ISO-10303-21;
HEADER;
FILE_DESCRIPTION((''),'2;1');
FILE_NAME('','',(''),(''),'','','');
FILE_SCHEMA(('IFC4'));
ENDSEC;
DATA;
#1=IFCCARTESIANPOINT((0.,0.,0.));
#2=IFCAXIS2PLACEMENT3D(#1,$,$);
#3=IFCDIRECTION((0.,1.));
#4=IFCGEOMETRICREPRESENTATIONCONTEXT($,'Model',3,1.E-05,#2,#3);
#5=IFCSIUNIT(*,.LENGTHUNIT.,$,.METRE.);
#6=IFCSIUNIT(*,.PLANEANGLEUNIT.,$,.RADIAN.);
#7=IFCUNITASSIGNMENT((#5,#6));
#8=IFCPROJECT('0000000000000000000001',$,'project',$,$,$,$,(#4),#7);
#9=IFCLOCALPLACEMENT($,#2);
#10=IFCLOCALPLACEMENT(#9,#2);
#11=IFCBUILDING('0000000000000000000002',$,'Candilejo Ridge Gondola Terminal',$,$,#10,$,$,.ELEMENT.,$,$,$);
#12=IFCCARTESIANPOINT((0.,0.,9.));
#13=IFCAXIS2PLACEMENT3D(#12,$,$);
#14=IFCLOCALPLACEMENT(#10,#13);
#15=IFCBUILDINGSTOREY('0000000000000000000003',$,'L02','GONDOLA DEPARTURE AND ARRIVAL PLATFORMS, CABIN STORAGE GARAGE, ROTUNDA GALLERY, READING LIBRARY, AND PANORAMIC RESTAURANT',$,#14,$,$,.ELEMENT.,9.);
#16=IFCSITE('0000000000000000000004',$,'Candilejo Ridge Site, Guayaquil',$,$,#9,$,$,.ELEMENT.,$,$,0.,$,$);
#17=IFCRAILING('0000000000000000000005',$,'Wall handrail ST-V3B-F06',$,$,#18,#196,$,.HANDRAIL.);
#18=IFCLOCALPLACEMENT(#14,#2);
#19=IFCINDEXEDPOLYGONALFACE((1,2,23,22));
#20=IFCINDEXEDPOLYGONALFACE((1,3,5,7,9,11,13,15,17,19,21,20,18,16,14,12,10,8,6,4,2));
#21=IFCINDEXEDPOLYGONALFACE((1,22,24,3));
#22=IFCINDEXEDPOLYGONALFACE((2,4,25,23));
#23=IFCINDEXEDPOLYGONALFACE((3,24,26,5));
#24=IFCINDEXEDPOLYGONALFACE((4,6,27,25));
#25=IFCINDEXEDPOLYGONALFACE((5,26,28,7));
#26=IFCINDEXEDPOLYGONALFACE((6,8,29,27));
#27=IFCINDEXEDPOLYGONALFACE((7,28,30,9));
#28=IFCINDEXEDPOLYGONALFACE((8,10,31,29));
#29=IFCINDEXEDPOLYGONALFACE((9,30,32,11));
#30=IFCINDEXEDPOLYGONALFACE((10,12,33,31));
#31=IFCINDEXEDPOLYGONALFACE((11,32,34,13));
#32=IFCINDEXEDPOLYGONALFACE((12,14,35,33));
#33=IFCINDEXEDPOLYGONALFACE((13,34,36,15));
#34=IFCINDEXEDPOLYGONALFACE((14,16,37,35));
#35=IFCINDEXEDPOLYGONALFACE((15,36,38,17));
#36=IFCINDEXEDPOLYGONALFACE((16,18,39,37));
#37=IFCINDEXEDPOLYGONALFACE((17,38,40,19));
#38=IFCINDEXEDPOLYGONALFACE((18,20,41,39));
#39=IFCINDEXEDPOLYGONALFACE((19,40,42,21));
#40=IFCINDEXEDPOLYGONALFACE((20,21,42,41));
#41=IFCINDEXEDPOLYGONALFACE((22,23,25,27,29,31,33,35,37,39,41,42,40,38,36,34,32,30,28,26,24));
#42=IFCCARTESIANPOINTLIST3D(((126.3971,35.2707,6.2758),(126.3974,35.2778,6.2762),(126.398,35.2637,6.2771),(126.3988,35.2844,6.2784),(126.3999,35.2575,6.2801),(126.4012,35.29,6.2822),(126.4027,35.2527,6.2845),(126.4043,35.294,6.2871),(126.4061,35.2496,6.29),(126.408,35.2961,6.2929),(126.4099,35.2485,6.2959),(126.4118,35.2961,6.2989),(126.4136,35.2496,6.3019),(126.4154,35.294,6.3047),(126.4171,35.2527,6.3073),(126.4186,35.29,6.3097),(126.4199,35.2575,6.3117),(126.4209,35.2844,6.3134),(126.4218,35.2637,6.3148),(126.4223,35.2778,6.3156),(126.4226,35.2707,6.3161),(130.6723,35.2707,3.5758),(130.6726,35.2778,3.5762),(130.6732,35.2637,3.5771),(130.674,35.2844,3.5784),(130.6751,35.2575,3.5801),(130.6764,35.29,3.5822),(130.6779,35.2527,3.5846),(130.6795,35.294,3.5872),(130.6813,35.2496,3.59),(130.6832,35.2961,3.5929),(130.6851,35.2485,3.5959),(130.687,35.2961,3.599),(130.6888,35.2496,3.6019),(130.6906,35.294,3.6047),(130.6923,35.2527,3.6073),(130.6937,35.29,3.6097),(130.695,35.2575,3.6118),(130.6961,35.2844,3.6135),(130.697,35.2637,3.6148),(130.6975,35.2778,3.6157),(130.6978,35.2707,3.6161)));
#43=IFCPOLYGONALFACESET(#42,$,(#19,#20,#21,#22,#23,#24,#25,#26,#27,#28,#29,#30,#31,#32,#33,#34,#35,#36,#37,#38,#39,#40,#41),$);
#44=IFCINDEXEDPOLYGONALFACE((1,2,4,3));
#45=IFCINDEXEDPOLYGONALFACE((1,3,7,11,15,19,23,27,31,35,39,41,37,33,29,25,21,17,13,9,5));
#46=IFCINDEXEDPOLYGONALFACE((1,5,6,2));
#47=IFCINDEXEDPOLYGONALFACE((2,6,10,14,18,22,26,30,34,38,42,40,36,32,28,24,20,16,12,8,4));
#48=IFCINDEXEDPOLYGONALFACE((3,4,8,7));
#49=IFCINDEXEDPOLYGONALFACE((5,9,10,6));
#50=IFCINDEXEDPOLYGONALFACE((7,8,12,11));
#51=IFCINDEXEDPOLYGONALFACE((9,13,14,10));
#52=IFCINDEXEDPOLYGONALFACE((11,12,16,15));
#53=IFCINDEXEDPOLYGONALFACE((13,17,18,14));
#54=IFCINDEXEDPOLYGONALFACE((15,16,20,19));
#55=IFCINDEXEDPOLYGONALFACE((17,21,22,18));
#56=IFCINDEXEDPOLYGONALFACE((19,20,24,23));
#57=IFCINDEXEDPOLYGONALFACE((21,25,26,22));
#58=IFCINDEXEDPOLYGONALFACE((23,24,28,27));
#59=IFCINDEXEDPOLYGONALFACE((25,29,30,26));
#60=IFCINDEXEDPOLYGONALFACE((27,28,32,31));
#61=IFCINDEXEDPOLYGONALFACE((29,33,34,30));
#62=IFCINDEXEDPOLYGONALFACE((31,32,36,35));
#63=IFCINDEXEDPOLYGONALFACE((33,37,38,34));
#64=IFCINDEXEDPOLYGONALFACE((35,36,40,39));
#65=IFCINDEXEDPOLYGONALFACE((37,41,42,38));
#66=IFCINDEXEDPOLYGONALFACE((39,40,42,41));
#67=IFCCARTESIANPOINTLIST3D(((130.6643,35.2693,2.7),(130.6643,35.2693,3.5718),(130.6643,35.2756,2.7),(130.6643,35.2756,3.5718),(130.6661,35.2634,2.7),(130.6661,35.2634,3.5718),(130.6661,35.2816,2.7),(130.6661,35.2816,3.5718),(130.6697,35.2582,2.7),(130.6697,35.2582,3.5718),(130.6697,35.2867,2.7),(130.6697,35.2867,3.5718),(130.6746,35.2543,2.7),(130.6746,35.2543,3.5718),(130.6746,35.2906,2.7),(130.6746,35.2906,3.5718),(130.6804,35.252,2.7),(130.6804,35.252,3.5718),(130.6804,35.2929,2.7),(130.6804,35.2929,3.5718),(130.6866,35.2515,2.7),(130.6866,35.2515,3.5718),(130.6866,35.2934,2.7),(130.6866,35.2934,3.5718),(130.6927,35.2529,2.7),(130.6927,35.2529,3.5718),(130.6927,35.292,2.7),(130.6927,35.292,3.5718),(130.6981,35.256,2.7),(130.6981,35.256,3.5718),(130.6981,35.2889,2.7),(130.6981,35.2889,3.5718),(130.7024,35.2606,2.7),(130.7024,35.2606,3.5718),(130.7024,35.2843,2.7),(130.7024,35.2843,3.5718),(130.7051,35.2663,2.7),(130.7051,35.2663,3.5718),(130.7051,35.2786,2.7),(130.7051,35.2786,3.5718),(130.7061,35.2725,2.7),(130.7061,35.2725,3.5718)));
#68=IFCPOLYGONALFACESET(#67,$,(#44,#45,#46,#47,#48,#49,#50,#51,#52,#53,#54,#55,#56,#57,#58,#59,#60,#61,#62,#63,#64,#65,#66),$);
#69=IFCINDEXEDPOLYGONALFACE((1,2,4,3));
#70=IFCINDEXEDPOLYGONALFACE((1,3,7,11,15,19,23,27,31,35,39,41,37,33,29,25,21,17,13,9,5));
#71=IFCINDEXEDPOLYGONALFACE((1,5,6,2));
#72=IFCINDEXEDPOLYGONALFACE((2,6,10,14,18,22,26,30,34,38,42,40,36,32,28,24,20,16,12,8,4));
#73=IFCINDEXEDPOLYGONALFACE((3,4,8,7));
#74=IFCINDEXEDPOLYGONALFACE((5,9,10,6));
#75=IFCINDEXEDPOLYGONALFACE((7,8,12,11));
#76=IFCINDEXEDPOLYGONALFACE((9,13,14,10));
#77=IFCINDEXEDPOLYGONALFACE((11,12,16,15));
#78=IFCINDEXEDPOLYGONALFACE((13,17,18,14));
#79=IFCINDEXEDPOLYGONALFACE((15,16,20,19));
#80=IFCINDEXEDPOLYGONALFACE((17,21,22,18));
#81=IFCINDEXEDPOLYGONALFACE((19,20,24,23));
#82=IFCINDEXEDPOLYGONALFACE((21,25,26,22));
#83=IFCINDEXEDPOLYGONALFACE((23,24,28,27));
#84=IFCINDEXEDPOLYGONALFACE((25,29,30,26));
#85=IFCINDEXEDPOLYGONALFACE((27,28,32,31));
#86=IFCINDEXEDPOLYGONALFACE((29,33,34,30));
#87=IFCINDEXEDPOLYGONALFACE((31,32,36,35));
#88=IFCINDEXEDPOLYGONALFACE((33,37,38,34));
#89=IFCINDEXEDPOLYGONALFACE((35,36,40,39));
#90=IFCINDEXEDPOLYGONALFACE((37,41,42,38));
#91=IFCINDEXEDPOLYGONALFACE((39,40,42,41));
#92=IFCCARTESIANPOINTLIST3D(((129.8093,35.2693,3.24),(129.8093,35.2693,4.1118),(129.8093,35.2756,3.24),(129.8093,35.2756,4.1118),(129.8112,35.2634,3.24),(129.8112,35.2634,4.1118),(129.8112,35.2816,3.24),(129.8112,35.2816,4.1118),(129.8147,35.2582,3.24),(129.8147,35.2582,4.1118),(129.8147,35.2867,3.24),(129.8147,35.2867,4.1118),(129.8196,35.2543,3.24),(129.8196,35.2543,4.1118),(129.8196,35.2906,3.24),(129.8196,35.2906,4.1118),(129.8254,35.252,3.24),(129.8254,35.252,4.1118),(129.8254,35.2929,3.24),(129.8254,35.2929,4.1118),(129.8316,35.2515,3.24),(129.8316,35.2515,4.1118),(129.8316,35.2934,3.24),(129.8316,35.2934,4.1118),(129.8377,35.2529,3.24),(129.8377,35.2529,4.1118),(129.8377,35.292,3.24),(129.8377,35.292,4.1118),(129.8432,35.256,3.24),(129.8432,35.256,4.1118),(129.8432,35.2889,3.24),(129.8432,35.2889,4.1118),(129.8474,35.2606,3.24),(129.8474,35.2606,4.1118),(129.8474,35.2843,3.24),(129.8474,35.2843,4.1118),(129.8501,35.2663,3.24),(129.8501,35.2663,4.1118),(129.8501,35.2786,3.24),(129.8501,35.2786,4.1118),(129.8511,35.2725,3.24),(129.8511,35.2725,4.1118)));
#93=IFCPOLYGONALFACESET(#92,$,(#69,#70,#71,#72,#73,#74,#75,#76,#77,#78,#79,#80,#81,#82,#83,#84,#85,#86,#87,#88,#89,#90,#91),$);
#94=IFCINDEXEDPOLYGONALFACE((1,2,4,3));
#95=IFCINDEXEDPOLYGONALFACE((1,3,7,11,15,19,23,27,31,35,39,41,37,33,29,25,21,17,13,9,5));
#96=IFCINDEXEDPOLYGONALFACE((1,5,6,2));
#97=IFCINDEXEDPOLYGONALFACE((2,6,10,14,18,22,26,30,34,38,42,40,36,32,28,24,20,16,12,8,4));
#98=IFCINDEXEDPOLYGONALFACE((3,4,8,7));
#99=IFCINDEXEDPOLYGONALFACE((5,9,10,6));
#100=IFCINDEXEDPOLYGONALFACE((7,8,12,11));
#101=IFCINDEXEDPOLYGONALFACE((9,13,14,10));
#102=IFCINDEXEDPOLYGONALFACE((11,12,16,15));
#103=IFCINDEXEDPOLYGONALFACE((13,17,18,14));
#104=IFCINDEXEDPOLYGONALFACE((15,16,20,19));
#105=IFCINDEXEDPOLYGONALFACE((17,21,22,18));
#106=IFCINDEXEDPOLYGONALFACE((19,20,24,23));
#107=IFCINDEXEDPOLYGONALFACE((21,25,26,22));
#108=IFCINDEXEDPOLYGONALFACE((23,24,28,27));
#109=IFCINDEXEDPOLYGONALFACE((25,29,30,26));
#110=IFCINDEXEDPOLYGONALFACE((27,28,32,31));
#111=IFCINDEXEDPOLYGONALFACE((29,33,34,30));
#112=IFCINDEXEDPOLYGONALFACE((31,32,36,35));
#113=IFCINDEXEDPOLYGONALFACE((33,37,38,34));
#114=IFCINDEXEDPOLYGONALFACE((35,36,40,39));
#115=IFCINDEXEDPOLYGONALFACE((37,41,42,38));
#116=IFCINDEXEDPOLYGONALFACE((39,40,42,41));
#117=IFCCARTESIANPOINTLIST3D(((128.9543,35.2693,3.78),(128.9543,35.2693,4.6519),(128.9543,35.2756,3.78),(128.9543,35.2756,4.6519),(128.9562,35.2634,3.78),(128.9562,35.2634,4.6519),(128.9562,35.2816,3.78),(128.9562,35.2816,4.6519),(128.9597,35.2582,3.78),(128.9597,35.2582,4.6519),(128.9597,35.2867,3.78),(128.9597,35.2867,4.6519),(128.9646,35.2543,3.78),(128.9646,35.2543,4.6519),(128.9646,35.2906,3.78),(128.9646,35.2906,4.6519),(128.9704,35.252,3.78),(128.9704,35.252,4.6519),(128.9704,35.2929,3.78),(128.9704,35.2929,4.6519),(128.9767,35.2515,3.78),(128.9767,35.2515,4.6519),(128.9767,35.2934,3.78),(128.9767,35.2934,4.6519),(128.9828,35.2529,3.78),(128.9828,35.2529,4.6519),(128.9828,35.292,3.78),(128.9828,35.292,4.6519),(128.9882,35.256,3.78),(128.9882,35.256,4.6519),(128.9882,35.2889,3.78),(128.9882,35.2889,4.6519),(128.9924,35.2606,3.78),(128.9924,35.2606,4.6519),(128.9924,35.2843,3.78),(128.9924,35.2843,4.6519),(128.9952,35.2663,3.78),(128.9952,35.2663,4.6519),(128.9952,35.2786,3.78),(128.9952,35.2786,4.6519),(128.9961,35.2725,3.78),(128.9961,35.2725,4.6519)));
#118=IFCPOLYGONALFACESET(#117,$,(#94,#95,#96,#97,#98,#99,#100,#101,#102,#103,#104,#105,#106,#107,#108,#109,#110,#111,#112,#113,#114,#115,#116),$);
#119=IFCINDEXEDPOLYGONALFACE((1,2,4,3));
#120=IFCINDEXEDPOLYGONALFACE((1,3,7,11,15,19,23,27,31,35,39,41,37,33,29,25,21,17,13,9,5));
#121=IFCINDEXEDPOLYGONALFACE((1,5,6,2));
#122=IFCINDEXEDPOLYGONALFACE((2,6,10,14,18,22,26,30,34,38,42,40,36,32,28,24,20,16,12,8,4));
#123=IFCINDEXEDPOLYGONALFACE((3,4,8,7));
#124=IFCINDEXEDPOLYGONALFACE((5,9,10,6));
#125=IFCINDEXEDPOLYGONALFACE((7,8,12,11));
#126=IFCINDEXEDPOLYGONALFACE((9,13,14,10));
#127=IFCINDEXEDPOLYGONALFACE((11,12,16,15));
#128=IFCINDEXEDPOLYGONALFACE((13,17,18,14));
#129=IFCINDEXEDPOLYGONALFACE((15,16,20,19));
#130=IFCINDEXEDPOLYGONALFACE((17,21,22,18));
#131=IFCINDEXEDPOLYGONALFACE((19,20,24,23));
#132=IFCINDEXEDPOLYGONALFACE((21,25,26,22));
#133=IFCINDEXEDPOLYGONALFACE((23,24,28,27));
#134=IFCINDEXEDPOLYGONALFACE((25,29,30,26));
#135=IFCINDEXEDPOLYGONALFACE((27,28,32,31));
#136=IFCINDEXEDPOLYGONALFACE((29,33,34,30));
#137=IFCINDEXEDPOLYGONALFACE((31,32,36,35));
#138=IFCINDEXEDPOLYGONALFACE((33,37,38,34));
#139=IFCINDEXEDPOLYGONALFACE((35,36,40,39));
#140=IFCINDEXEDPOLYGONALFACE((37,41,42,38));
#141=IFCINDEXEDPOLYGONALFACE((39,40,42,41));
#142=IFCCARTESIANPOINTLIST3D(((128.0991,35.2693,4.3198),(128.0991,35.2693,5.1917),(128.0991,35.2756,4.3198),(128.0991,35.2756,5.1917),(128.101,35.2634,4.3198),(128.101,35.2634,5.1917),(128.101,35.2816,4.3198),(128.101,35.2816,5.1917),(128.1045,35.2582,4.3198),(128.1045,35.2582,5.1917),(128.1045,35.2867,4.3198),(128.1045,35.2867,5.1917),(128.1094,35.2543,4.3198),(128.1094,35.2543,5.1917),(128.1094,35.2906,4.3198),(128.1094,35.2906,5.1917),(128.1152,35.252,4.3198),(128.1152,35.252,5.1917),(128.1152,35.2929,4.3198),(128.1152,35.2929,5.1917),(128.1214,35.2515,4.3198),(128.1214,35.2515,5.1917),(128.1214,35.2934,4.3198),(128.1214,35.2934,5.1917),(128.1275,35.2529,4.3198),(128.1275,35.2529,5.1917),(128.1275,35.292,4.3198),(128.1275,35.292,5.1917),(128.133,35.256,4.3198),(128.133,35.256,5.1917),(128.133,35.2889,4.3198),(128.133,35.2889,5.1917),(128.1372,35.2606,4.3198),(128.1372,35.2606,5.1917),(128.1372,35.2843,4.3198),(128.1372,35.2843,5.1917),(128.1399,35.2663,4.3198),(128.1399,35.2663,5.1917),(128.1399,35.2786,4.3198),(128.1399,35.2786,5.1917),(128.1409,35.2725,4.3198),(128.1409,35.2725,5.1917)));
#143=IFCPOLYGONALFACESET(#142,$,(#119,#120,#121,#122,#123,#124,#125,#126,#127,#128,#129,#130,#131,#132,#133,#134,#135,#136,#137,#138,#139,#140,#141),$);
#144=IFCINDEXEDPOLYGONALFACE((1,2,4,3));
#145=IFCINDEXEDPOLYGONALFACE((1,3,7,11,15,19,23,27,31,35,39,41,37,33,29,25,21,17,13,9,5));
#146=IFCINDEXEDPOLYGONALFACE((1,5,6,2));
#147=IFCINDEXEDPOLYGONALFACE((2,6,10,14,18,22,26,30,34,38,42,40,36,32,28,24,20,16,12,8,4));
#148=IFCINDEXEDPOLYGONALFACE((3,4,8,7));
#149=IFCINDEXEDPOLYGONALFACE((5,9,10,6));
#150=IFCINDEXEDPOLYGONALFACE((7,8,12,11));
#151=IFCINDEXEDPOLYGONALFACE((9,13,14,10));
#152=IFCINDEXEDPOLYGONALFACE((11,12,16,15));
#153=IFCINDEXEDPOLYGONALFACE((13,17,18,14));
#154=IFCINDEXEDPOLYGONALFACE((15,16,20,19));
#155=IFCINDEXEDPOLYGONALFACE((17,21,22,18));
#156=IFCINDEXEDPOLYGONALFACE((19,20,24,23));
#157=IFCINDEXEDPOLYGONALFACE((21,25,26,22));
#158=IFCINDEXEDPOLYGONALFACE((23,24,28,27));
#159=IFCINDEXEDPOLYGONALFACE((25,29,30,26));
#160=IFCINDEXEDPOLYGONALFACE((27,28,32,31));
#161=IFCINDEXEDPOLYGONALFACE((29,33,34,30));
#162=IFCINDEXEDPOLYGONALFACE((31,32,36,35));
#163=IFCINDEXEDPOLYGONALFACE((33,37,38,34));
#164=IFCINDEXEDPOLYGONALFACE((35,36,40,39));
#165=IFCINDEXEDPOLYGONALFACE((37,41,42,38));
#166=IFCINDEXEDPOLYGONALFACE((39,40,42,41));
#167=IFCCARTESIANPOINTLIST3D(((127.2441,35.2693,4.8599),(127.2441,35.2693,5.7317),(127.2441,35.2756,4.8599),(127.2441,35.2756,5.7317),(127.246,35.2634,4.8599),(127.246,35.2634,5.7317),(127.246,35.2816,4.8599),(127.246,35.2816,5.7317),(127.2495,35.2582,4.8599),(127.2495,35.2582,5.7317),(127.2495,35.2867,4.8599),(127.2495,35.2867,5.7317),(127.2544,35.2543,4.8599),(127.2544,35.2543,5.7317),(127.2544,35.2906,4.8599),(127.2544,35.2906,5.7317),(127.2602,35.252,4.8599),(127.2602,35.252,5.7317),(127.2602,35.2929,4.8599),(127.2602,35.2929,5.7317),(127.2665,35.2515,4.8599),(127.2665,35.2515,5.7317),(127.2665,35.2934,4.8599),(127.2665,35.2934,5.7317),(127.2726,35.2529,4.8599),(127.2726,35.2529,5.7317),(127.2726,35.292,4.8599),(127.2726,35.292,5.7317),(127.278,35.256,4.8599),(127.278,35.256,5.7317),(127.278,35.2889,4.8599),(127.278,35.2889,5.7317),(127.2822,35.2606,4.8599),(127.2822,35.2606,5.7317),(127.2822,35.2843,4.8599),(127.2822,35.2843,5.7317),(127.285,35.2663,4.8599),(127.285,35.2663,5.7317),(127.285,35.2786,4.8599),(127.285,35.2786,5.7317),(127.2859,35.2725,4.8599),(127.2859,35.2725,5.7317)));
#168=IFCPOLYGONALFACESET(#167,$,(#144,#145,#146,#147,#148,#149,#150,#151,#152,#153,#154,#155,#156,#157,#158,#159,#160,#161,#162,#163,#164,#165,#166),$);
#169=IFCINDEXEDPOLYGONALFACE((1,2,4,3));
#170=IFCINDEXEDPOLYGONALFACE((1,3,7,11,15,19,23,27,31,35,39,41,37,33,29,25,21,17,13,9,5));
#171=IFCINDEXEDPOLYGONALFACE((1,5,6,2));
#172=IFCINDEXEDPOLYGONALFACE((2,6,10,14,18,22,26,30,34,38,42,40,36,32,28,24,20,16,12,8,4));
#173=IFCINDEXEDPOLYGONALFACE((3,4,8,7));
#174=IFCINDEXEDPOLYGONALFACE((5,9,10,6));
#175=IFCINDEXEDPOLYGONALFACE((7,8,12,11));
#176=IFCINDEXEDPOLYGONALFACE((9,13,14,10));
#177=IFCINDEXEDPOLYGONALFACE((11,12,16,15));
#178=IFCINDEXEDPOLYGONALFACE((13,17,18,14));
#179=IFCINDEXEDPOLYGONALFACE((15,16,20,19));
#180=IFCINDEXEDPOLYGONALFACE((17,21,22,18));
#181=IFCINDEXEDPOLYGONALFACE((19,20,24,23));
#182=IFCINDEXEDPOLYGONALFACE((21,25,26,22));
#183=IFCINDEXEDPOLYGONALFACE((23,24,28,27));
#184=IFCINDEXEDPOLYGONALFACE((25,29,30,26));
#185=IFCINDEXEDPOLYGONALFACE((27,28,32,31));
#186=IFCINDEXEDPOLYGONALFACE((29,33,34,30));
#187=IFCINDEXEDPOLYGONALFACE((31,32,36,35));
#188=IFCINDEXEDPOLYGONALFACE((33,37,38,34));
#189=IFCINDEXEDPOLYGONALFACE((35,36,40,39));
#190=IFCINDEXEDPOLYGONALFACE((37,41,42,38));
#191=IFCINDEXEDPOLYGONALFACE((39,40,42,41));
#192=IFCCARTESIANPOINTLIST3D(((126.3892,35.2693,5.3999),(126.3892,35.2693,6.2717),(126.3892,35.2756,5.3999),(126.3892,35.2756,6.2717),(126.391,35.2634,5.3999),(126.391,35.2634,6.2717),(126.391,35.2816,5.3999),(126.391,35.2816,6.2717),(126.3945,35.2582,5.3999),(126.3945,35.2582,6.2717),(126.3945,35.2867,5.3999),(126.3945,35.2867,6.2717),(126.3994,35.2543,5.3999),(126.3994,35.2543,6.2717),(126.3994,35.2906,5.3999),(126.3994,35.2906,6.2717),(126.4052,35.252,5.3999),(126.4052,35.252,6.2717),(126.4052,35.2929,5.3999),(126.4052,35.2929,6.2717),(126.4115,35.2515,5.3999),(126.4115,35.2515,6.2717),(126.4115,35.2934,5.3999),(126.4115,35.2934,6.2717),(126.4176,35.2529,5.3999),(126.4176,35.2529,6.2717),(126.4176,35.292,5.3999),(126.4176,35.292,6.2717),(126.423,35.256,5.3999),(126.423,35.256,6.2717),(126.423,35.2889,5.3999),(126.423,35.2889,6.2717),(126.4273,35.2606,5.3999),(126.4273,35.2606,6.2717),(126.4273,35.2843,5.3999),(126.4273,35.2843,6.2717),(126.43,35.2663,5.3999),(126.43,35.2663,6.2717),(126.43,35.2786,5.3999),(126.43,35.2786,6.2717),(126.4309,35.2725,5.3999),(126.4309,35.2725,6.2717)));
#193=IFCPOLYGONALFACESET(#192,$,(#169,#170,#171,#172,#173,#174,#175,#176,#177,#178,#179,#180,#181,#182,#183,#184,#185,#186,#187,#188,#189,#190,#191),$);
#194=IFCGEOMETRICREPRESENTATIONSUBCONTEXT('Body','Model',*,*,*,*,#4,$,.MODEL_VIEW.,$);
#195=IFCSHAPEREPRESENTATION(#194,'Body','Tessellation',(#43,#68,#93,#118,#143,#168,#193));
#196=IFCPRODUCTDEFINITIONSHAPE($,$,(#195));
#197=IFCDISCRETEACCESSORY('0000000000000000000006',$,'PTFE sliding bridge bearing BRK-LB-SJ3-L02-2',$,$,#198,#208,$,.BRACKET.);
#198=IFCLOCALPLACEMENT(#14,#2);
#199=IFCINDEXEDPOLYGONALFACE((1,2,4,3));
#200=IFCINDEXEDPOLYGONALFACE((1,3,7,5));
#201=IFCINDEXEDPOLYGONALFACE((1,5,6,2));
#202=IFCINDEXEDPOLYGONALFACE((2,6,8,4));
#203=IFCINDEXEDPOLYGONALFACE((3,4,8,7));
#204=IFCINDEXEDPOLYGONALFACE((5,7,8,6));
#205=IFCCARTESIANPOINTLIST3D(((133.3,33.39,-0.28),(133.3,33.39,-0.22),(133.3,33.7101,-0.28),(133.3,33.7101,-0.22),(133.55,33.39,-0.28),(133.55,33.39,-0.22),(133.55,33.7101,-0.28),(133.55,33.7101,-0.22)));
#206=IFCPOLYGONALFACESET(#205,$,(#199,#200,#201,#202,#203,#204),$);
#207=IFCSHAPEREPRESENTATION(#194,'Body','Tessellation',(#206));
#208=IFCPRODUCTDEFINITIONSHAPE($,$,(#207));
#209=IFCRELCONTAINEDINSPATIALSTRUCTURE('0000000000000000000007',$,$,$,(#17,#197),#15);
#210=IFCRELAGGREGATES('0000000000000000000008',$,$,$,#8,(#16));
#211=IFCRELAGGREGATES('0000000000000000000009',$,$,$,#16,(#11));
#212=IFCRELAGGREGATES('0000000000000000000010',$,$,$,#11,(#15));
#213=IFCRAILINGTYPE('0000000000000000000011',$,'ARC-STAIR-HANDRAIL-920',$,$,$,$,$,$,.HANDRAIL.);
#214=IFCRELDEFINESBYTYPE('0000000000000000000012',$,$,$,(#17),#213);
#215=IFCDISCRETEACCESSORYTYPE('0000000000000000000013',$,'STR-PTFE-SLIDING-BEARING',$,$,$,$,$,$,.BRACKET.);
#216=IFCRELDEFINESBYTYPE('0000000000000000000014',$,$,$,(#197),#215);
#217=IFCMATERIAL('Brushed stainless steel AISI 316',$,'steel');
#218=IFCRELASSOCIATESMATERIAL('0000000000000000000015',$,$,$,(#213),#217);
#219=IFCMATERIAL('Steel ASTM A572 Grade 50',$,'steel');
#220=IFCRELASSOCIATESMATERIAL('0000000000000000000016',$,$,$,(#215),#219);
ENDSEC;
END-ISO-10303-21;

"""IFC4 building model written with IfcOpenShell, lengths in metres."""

from ifc_helpers import new_model, si_unit, direction, frame, origin, origin_2d, place, context, subcontext, project, spatial, rectangle, circle, extrude, material, type_object, element, save


model = new_model("IFC4")

# Units and contexts
model_context = context("Model", 3, precision=1e-05, world=origin(), true_north=direction((0.0, 1.0)))
body_context = subcontext(model_context, "Body", "Model", "MODEL_VIEW")
ifc_project = project(units=[si_unit("LENGTHUNIT", "METRE"), si_unit("PLANEANGLEUNIT", "RADIAN")], contexts=[model_context])

# Site, building, storey
site_placement = place(None, origin())
site = spatial("IfcSite", under=ifc_project, at=site_placement, Name="Candilejo Ridge Site, Guayaquil", CompositionType="ELEMENT", RefElevation=0.0)
building_placement = place(site_placement, origin())
building = spatial("IfcBuilding", under=site, at=building_placement, Name="Candilejo Ridge Gondola Terminal", CompositionType="ELEMENT")
storey_placement = place(building_placement, frame((0.0, 0.0, 9.0)))
storey = spatial("IfcBuildingStorey", under=building, at=storey_placement, Name="L02", Description="GONDOLA DEPARTURE AND ARRIVAL PLATFORMS, CABIN STORAGE GARAGE, ROTUNDA GALLERY, READING LIBRARY, AND PANORAMIC RESTAURANT", CompositionType="ELEMENT", Elevation=9.0)

# Railing
ifc_material_1 = material(Name="Brushed stainless steel AISI 316", Category="steel")
railing_type_1 = type_object("IfcRailingType", Name="ARC-STAIR-HANDRAIL-920", PredefinedType="HANDRAIL", material=ifc_material_1)
railing_1_placement = place(storey_placement, frame((130.6851, 35.2725, 2.7)))
element("IfcRailing", 1, at=railing_1_placement, inside=storey, type_object=railing_type_1, Name="Wall handrail ST-V3B-F06", PredefinedType="HANDRAIL", context=body_context, shape_type="SweptSolid", body=[
    extrude(circle(Radius=0.0239, at=origin_2d()), frame((0.0, 0.0, 0.896), z_axis=(-0.845502, 0.0, 0.533973), x_axis=(0.0, -1.0, 0.0)), (0.0, 0.0, 1.0), 5.0564),
    extrude(circle(Radius=0.021, at=origin_2d()), origin(), (0.0, 0.0, 1.0), 0.8718),
    extrude(circle(Radius=0.021, at=origin_2d()), frame((-0.855, 0.0, 0.54)), (0.0, 0.0, 1.0), 0.8718),
    extrude(circle(Radius=0.021, at=origin_2d()), frame((-1.71, 0.0, 1.0801)), (0.0, 0.0, 1.0), 0.8718),
    extrude(circle(Radius=0.021, at=origin_2d()), frame((-2.5652, 0.0, 1.6199)), (0.0, 0.0, 1.0), 0.8718),
    extrude(circle(Radius=0.021, at=origin_2d()), frame((-3.4202, 0.0, 2.1599)), (0.0, 0.0, 1.0), 0.8718),
    extrude(circle(Radius=0.021, at=origin_2d()), frame((-4.2751, 0.0, 2.7)), (0.0, 0.0, 1.0), 0.8718),
])

# Discrete accessory
ifc_material_2 = material(Name="Steel ASTM A572 Grade 50", Category="steel")
discrete_accessory_type = type_object("IfcDiscreteAccessoryType", Name="STR-PTFE-SLIDING-BEARING", PredefinedType="BRACKET", material=ifc_material_2)
discrete_accessory_placement = place(storey_placement, frame((133.425, 33.55, -0.28)))
element("IfcDiscreteAccessory", 2, at=discrete_accessory_placement, inside=storey, type_object=discrete_accessory_type, Name="PTFE sliding bridge bearing BRK-LB-SJ3-L02-2", PredefinedType="BRACKET", context=body_context, shape_type="SweptSolid", body=[
    extrude(rectangle(XDim=0.25, YDim=0.3201, at=origin_2d()), origin(), (0.0, 0.0, 1.0), 0.0601),
])

save(model, "model.ifc")
